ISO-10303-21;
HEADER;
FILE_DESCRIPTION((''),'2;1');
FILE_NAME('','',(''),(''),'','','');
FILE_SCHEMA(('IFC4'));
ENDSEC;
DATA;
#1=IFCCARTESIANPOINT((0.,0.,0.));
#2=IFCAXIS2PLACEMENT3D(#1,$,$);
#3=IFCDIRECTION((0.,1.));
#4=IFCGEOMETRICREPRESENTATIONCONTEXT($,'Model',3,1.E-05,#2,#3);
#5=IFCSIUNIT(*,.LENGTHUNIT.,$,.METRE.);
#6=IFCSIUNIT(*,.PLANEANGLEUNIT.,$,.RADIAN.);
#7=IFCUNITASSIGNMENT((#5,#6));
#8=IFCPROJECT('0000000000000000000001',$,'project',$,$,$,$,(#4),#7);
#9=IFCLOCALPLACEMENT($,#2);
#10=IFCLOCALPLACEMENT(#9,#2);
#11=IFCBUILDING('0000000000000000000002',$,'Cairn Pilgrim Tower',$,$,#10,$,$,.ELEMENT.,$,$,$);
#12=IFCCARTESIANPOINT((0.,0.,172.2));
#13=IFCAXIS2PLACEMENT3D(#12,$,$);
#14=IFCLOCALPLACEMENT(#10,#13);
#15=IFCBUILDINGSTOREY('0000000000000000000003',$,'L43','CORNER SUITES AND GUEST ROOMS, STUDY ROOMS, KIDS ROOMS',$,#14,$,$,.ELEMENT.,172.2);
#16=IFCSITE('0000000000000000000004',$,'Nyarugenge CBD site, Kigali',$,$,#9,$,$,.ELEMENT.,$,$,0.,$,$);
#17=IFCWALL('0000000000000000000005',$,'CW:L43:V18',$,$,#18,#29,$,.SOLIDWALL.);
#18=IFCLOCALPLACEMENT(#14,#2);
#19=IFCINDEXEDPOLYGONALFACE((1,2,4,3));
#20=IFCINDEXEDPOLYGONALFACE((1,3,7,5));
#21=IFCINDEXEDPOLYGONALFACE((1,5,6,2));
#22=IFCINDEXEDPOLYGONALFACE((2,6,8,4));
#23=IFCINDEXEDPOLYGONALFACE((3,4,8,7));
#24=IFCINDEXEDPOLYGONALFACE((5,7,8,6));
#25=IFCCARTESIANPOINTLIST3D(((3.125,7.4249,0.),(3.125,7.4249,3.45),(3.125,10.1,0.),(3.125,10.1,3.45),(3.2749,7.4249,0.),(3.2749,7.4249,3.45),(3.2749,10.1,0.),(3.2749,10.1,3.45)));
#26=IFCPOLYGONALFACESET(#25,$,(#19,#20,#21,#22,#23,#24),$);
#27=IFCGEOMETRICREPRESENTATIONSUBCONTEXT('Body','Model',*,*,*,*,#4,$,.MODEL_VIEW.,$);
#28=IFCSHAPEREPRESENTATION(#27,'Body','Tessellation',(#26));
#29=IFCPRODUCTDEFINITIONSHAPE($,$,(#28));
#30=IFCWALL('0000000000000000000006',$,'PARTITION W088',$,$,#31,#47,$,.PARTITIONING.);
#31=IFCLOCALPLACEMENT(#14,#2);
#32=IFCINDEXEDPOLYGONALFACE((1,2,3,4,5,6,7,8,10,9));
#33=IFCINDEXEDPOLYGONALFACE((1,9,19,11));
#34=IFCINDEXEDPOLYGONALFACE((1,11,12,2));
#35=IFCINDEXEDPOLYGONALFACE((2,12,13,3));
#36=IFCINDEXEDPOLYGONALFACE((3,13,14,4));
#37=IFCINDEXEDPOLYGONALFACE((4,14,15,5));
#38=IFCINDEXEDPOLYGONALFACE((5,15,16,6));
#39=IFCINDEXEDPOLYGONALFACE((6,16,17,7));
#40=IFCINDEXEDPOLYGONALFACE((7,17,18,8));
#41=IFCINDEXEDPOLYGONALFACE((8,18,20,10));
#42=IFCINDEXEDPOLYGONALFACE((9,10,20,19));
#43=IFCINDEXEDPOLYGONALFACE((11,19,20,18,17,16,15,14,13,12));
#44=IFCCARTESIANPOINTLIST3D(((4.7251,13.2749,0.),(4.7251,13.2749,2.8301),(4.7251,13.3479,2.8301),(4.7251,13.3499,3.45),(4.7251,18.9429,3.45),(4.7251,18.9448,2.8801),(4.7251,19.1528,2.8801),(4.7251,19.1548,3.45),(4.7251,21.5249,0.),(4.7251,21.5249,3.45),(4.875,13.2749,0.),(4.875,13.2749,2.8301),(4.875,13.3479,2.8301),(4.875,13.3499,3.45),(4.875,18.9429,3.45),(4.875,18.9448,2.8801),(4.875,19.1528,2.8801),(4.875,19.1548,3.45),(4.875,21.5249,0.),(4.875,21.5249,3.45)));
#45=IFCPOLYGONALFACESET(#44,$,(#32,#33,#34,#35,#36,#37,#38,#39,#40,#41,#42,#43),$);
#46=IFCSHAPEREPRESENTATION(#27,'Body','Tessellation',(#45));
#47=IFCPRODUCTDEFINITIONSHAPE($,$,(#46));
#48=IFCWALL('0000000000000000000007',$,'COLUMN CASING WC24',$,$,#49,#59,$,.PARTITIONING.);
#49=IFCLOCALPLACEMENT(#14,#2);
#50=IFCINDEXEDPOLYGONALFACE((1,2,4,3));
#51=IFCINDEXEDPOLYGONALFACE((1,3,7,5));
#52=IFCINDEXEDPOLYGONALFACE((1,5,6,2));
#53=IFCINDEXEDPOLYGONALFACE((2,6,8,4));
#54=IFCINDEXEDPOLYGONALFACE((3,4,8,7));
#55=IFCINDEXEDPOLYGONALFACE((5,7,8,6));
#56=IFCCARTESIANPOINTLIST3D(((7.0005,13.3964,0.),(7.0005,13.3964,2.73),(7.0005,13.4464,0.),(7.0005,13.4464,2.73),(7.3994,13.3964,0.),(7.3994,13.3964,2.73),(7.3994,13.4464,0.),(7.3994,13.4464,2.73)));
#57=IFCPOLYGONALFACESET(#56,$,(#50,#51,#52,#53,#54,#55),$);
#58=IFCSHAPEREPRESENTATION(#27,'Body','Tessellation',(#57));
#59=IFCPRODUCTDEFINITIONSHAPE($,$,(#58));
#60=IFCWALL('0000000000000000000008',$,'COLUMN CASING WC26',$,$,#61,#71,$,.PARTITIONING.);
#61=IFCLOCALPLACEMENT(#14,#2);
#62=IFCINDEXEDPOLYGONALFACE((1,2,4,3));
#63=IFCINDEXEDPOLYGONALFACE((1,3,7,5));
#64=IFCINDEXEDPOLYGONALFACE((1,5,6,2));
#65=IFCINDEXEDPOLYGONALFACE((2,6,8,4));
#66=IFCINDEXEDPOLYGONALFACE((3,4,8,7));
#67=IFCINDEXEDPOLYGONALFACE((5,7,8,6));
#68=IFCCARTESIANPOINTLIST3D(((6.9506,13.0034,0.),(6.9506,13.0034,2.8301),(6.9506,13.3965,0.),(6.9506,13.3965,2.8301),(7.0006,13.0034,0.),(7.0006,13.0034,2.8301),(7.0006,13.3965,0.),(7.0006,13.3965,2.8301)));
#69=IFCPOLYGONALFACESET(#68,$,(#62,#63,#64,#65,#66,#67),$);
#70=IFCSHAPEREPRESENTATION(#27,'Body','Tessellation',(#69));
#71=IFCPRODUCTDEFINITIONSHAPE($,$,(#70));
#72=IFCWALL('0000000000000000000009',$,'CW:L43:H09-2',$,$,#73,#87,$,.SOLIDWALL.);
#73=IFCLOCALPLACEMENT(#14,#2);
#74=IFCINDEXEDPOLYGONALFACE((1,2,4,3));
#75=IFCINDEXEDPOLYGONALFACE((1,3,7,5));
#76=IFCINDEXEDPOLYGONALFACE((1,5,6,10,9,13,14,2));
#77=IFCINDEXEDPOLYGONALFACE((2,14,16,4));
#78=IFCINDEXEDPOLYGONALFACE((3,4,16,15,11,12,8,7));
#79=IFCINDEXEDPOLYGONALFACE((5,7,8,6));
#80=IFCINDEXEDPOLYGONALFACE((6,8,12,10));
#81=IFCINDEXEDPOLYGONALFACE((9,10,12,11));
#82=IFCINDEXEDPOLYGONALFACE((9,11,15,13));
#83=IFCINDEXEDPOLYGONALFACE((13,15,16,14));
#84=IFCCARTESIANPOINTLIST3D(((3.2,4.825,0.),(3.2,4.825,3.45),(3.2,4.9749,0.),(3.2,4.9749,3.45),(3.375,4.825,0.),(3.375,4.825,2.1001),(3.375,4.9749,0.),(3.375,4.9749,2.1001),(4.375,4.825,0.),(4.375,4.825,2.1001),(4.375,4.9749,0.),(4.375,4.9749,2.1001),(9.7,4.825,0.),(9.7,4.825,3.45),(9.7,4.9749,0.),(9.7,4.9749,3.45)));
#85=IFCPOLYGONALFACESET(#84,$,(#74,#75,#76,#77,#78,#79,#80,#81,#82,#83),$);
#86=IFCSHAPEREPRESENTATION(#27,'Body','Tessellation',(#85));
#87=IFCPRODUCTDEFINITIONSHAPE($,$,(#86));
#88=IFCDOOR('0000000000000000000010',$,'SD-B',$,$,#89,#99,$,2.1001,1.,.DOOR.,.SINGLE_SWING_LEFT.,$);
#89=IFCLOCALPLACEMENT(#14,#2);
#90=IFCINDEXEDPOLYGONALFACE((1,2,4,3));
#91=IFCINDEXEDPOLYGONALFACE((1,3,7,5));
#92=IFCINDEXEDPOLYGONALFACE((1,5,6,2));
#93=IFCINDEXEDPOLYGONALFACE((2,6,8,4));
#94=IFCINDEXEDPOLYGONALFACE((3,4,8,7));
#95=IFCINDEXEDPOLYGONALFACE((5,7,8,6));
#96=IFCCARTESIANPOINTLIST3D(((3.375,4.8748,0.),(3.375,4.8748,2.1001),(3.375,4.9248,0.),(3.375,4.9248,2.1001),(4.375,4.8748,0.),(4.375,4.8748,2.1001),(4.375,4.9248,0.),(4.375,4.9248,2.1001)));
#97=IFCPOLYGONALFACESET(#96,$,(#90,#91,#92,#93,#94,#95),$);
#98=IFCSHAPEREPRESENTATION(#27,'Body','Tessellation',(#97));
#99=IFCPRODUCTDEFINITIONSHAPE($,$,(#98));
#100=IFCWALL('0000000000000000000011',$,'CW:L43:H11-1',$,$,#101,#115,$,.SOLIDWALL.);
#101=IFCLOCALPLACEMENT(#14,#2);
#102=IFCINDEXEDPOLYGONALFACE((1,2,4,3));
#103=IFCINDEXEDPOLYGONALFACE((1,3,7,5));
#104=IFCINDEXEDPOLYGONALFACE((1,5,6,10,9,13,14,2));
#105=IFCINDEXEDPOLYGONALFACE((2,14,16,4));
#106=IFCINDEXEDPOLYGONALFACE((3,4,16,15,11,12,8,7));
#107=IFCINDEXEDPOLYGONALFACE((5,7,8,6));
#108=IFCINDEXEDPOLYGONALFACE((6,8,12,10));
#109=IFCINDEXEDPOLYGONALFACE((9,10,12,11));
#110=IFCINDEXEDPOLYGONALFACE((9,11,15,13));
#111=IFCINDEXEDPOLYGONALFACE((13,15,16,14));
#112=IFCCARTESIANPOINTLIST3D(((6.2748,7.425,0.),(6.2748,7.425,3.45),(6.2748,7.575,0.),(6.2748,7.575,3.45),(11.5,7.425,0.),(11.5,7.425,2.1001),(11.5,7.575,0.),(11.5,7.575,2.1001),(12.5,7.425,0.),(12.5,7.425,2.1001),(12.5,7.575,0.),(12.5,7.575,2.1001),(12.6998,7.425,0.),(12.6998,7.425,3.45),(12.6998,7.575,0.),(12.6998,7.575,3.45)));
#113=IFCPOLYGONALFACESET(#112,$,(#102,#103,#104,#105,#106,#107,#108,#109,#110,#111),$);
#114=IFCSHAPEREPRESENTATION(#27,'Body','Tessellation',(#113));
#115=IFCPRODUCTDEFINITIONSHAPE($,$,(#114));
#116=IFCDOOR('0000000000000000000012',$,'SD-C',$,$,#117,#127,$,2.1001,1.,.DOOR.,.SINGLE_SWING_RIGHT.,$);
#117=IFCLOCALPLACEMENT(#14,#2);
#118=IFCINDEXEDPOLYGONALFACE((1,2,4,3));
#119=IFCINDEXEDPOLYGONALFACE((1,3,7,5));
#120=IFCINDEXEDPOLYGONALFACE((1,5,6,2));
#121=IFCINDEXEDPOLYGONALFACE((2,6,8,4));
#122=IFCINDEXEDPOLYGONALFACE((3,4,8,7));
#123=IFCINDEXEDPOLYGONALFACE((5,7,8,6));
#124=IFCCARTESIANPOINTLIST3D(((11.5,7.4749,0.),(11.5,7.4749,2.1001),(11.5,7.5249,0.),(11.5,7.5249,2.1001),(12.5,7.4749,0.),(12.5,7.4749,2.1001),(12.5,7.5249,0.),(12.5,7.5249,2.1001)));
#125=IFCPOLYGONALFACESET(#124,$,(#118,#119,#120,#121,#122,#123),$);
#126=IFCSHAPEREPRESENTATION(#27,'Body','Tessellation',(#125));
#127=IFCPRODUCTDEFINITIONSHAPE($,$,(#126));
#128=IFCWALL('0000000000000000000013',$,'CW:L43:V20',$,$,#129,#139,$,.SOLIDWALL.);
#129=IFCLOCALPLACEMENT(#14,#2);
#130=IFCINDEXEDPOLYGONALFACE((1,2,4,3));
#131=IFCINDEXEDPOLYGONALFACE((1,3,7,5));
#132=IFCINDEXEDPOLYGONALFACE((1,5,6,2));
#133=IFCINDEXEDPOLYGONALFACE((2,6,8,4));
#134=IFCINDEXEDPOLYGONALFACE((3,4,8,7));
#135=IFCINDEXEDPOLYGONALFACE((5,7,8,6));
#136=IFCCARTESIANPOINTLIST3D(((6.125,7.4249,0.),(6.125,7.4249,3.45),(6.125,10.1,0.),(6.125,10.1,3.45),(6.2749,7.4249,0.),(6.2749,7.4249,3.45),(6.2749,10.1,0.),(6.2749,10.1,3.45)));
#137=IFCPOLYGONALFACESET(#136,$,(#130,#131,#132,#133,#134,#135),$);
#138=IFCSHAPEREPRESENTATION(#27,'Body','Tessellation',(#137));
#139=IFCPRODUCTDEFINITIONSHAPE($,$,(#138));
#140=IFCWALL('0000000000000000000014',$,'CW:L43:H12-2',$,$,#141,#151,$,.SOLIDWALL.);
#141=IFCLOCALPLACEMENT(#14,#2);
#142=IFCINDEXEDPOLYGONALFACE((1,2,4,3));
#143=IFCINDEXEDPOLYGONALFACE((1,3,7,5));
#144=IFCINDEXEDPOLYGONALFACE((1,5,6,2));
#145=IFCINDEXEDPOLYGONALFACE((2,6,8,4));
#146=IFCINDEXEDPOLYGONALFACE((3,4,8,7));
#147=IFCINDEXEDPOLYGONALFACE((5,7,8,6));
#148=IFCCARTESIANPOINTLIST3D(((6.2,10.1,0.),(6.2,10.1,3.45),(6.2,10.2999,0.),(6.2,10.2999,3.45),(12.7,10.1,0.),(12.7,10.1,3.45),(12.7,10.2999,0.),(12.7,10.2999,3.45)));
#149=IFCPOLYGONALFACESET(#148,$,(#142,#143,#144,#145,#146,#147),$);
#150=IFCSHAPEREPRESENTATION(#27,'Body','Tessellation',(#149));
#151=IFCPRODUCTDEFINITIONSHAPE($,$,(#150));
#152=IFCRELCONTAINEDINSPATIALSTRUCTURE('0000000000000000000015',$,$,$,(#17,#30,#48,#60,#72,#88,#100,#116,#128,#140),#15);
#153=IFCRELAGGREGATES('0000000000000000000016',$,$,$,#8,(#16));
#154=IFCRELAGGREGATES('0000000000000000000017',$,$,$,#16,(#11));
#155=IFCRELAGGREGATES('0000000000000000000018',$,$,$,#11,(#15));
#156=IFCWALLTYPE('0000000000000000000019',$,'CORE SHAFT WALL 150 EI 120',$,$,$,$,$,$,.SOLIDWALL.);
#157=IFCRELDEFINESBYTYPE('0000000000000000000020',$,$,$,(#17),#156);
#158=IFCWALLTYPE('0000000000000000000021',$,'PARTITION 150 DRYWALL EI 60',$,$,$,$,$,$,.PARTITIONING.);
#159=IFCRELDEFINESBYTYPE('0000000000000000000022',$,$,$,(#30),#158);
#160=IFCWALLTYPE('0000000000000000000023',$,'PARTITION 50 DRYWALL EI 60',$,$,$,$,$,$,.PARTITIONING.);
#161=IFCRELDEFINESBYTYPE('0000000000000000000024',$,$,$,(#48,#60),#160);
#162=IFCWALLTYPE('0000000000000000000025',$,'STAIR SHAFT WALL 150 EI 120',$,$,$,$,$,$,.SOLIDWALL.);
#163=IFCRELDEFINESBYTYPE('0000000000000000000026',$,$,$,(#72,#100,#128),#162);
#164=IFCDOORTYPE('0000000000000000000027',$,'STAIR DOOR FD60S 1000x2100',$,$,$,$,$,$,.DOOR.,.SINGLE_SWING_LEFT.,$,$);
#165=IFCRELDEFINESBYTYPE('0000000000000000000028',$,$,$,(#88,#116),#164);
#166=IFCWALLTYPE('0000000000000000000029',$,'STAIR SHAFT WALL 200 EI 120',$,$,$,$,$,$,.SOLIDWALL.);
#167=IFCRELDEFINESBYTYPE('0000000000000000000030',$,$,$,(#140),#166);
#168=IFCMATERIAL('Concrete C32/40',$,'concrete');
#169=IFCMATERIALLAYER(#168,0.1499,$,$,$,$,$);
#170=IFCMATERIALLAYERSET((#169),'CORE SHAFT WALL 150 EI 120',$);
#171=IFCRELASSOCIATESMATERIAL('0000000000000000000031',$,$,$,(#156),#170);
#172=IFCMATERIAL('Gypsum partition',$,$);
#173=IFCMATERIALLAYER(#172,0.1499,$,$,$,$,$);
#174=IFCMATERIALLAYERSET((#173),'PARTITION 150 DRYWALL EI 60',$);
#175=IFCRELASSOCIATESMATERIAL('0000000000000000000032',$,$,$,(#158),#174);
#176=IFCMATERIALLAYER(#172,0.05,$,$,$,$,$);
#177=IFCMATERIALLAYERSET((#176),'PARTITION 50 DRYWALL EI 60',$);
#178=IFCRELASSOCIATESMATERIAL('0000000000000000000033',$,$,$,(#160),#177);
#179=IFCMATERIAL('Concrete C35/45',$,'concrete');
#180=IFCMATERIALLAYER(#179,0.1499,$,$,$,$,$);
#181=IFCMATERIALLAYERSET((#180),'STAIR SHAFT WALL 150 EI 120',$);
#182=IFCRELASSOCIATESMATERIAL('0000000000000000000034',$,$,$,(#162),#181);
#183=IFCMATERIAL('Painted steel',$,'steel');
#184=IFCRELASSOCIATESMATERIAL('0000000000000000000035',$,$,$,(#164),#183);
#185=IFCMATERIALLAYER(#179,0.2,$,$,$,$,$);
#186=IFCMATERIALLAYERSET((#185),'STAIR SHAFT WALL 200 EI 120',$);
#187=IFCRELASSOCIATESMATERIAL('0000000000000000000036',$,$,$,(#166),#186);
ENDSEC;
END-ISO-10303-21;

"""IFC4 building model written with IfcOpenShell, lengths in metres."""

from ifc_helpers import new_model, si_unit, direction, frame, frame_2d, origin, place, context, subcontext, project, spatial, polyline, rectangle, outline, extrude, material, layer, layer_set, type_object, element, fill, save


model = new_model("IFC4")

# Units and contexts
model_context = context("Model", 3, precision=1e-05, world=origin(), true_north=direction((0.0, 1.0)))
body_context = subcontext(model_context, "Body", "Model", "MODEL_VIEW")
ifc_project = project(units=[si_unit("LENGTHUNIT", "METRE"), si_unit("PLANEANGLEUNIT", "RADIAN")], contexts=[model_context])

# Site, building, storey
site_placement = place(None, origin())
site = spatial("IfcSite", under=ifc_project, at=site_placement, Name="Nyarugenge CBD site, Kigali", CompositionType="ELEMENT", RefElevation=0.0)
building_placement = place(site_placement, origin())
building = spatial("IfcBuilding", under=site, at=building_placement, Name="Cairn Pilgrim Tower", CompositionType="ELEMENT")
storey_placement = place(building_placement, frame((0.0, 0.0, 172.2)))
storey = spatial("IfcBuildingStorey", under=building, at=storey_placement, Name="L43", Description="CORNER SUITES AND GUEST ROOMS, STUDY ROOMS, KIDS ROOMS", CompositionType="ELEMENT", Elevation=172.2)

# Shared definitions
ifc_material_1 = material(Name="Concrete C32/40", Category="concrete")

# Shared definitions
ifc_layer_1 = layer(ifc_material_1, 0.1499)
ifc_layer_set_1 = layer_set([ifc_layer_1], Name="CORE SHAFT WALL 150 EI 120")
wall_type_1 = type_object("IfcWallType", Name="CORE SHAFT WALL 150 EI 120", PredefinedType="SOLIDWALL", material=ifc_layer_set_1)

# Walls
wall_1_placement = place(storey_placement, frame((3.2, 7.425, 0.0), z_axis=(0.0, 0.0, 1.0), x_axis=(0.0, 1.0, 0.0)))
element("IfcWall", 1, at=wall_1_placement, inside=storey, type_object=wall_type_1, Name="CW:L43:V18", PredefinedType="SOLIDWALL", context=body_context, shape_type="SweptSolid", body=[
    extrude(rectangle(XDim=2.675, YDim=0.1499, at=frame_2d((1.3374, 0.0))), origin(), (0.0, 0.0, 1.0), 3.45),
])
ifc_material_2 = material(Name="Gypsum partition")
ifc_layer_2 = layer(ifc_material_2, 0.1499)
ifc_layer_set_2 = layer_set([ifc_layer_2], Name="PARTITION 150 DRYWALL EI 60")
wall_type_2 = type_object("IfcWallType", Name="PARTITION 150 DRYWALL EI 60", PredefinedType="PARTITIONING", material=ifc_layer_set_2)
wall_2_placement = place(storey_placement, frame((4.8, 13.2749, 0.0), z_axis=(0.0, 0.0, 1.0), x_axis=(0.0, 1.0, 0.0)))
element("IfcWall", 2, at=wall_2_placement, inside=storey, type_object=wall_type_2, Name="PARTITION W088", PredefinedType="PARTITIONING", context=body_context, shape_type="SweptSolid", body=[
    extrude(outline(polyline([(0.0, 0.0), (8.25, 0.0), (8.25, 3.45), (5.8799, 3.45), (5.8779, 2.8801), (5.6699, 2.8801), (5.668, 3.45), (0.075, 3.45), (0.073, 2.8301), (0.0, 2.8301), (0.0, 0.0)])), frame((0.0, 0.075, 0.0), z_axis=(0.0, -1.0, 0.0), x_axis=(1.0, 0.0, 0.0)), (0.0, 0.0, 1.0), 0.1499),
])
ifc_layer_3 = layer(ifc_material_2, 0.05)
ifc_layer_set_3 = layer_set([ifc_layer_3], Name="PARTITION 50 DRYWALL EI 60")
wall_type_3 = type_object("IfcWallType", Name="PARTITION 50 DRYWALL EI 60", PredefinedType="PARTITIONING", material=ifc_layer_set_3)
wall_3_placement = place(storey_placement, frame((7.0005, 13.4214, 0.0), z_axis=(0.0, 0.0, 1.0), x_axis=(1.0, 0.0, 0.0)))
element("IfcWall", 3, at=wall_3_placement, inside=storey, type_object=wall_type_3, Name="COLUMN CASING WC24", PredefinedType="PARTITIONING", context=body_context, shape_type="SweptSolid", body=[
    extrude(rectangle(XDim=0.3989, YDim=0.05, at=frame_2d((0.1995, 0.0))), origin(), (0.0, 0.0, 1.0), 2.73),
])
wall_4_placement = place(storey_placement, frame((6.9756, 13.0034, 0.0), z_axis=(0.0, 0.0, 1.0), x_axis=(0.0, 1.0, 0.0)))
element("IfcWall", 4, at=wall_4_placement, inside=storey, type_object=wall_type_3, Name="COLUMN CASING WC26", PredefinedType="PARTITIONING", context=body_context, shape_type="SweptSolid", body=[
    extrude(rectangle(XDim=0.3931, YDim=0.05, at=frame_2d((0.1965, 0.0))), origin(), (0.0, 0.0, 1.0), 2.8301),
])

# Walls, openings, doors
ifc_material_3 = material(Name="Concrete C35/45", Category="concrete")
ifc_layer_4 = layer(ifc_material_3, 0.1499)
ifc_layer_set_4 = layer_set([ifc_layer_4], Name="STAIR SHAFT WALL 150 EI 120")
wall_type_4 = type_object("IfcWallType", Name="STAIR SHAFT WALL 150 EI 120", PredefinedType="SOLIDWALL", material=ifc_layer_set_4)
wall_5_placement = place(storey_placement, frame((3.2, 4.8999, 0.0), z_axis=(0.0, 0.0, 1.0), x_axis=(1.0, 0.0, 0.0)))
wall_5 = element("IfcWall", 5, at=wall_5_placement, inside=storey, type_object=wall_type_4, Name="CW:L43:H09-2", PredefinedType="SOLIDWALL", context=body_context, shape_type="SweptSolid", body=[
    extrude(rectangle(XDim=6.5, YDim=0.1499, at=frame_2d((3.25, 0.0))), origin(), (0.0, 0.0, 1.0), 3.45),
])
opening_1_placement = place(wall_5_placement, frame((0.175, 0.0, 0.0)))
opening_1 = element("IfcOpeningElement", 6, at=opening_1_placement, cuts=wall_5, PredefinedType="OPENING", context=body_context, shape_type="SweptSolid", body=[
    extrude(rectangle(XDim=1.0, YDim=2.1001, at=frame_2d((0.5, 1.05))), frame((0.0, 0.085, 0.0), z_axis=(0.0, -1.0, 0.0), x_axis=(1.0, 0.0, 0.0)), (0.0, 0.0, 1.0), 0.1699),
])
ifc_material_4 = material(Name="Painted steel", Category="steel")
door_type_1 = type_object("IfcDoorType", Name="STAIR DOOR FD60S 1000x2100", OperationType="SINGLE_SWING_LEFT", PredefinedType="DOOR", material=ifc_material_4)
door_1_placement = place(opening_1_placement, origin())
door_1 = element("IfcDoor", 7, at=door_1_placement, inside=storey, type_object=door_type_1, Name="SD-B", OperationType="SINGLE_SWING_LEFT", OverallHeight=2.1001, OverallWidth=1.0, PredefinedType="DOOR", context=body_context, shape_type="SweptSolid", body=[
    extrude(rectangle(XDim=1.0, YDim=2.1001, at=frame_2d((0.5, 1.05))), frame((0.0, 0.0249, 0.0), z_axis=(0.0, -1.0, 0.0), x_axis=(1.0, 0.0, 0.0)), (0.0, 0.0, 1.0), 0.05),
])
fill(opening_1, door_1)
wall_6_placement = place(storey_placement, frame((6.2749, 7.5, 0.0), z_axis=(0.0, 0.0, 1.0), x_axis=(1.0, 0.0, 0.0)))
wall_6 = element("IfcWall", 8, at=wall_6_placement, inside=storey, type_object=wall_type_4, Name="CW:L43:H11-1", PredefinedType="SOLIDWALL", context=body_context, shape_type="SweptSolid", body=[
    extrude(rectangle(XDim=6.425, YDim=0.1499, at=frame_2d((3.2124, 0.0))), origin(), (0.0, 0.0, 1.0), 3.45),
])
opening_2_placement = place(wall_6_placement, frame((5.2251, 0.0, 0.0)))
opening_2 = element("IfcOpeningElement", 9, at=opening_2_placement, cuts=wall_6, PredefinedType="OPENING", context=body_context, shape_type="SweptSolid", body=[
    extrude(rectangle(XDim=1.0, YDim=2.1001, at=frame_2d((0.5, 1.05))), frame((0.0, 0.085, 0.0), z_axis=(0.0, -1.0, 0.0), x_axis=(1.0, 0.0, 0.0)), (0.0, 0.0, 1.0), 0.1699),
])
door_2_placement = place(opening_2_placement, origin())
door_2 = element("IfcDoor", 10, at=door_2_placement, inside=storey, type_object=door_type_1, Name="SD-C", OperationType="SINGLE_SWING_RIGHT", OverallHeight=2.1001, OverallWidth=1.0, PredefinedType="DOOR", context=body_context, shape_type="SweptSolid", body=[
    extrude(rectangle(XDim=1.0, YDim=2.1001, at=frame_2d((0.5, 1.05))), frame((0.0, 0.0249, 0.0), z_axis=(0.0, -1.0, 0.0), x_axis=(1.0, 0.0, 0.0)), (0.0, 0.0, 1.0), 0.05),
])
fill(opening_2, door_2)

# Walls
wall_7_placement = place(storey_placement, frame((6.2, 7.425, 0.0), z_axis=(0.0, 0.0, 1.0), x_axis=(0.0, 1.0, 0.0)))
element("IfcWall", 11, at=wall_7_placement, inside=storey, type_object=wall_type_4, Name="CW:L43:V20", PredefinedType="SOLIDWALL", context=body_context, shape_type="SweptSolid", body=[
    extrude(rectangle(XDim=2.675, YDim=0.1499, at=frame_2d((1.3374, 0.0))), origin(), (0.0, 0.0, 1.0), 3.45),
])
ifc_layer_5 = layer(ifc_material_3, 0.2)
ifc_layer_set_5 = layer_set([ifc_layer_5], Name="STAIR SHAFT WALL 200 EI 120")
wall_type_5 = type_object("IfcWallType", Name="STAIR SHAFT WALL 200 EI 120", PredefinedType="SOLIDWALL", material=ifc_layer_set_5)
wall_8_placement = place(storey_placement, frame((6.2, 10.2, 0.0), z_axis=(0.0, 0.0, 1.0), x_axis=(1.0, 0.0, 0.0)))
element("IfcWall", 12, at=wall_8_placement, inside=storey, type_object=wall_type_5, Name="CW:L43:H12-2", PredefinedType="SOLIDWALL", context=body_context, shape_type="SweptSolid", body=[
    extrude(rectangle(XDim=6.5, YDim=0.2, at=frame_2d((3.25, 0.0))), origin(), (0.0, 0.0, 1.0), 3.45),
])

save(model, "model.ifc")
